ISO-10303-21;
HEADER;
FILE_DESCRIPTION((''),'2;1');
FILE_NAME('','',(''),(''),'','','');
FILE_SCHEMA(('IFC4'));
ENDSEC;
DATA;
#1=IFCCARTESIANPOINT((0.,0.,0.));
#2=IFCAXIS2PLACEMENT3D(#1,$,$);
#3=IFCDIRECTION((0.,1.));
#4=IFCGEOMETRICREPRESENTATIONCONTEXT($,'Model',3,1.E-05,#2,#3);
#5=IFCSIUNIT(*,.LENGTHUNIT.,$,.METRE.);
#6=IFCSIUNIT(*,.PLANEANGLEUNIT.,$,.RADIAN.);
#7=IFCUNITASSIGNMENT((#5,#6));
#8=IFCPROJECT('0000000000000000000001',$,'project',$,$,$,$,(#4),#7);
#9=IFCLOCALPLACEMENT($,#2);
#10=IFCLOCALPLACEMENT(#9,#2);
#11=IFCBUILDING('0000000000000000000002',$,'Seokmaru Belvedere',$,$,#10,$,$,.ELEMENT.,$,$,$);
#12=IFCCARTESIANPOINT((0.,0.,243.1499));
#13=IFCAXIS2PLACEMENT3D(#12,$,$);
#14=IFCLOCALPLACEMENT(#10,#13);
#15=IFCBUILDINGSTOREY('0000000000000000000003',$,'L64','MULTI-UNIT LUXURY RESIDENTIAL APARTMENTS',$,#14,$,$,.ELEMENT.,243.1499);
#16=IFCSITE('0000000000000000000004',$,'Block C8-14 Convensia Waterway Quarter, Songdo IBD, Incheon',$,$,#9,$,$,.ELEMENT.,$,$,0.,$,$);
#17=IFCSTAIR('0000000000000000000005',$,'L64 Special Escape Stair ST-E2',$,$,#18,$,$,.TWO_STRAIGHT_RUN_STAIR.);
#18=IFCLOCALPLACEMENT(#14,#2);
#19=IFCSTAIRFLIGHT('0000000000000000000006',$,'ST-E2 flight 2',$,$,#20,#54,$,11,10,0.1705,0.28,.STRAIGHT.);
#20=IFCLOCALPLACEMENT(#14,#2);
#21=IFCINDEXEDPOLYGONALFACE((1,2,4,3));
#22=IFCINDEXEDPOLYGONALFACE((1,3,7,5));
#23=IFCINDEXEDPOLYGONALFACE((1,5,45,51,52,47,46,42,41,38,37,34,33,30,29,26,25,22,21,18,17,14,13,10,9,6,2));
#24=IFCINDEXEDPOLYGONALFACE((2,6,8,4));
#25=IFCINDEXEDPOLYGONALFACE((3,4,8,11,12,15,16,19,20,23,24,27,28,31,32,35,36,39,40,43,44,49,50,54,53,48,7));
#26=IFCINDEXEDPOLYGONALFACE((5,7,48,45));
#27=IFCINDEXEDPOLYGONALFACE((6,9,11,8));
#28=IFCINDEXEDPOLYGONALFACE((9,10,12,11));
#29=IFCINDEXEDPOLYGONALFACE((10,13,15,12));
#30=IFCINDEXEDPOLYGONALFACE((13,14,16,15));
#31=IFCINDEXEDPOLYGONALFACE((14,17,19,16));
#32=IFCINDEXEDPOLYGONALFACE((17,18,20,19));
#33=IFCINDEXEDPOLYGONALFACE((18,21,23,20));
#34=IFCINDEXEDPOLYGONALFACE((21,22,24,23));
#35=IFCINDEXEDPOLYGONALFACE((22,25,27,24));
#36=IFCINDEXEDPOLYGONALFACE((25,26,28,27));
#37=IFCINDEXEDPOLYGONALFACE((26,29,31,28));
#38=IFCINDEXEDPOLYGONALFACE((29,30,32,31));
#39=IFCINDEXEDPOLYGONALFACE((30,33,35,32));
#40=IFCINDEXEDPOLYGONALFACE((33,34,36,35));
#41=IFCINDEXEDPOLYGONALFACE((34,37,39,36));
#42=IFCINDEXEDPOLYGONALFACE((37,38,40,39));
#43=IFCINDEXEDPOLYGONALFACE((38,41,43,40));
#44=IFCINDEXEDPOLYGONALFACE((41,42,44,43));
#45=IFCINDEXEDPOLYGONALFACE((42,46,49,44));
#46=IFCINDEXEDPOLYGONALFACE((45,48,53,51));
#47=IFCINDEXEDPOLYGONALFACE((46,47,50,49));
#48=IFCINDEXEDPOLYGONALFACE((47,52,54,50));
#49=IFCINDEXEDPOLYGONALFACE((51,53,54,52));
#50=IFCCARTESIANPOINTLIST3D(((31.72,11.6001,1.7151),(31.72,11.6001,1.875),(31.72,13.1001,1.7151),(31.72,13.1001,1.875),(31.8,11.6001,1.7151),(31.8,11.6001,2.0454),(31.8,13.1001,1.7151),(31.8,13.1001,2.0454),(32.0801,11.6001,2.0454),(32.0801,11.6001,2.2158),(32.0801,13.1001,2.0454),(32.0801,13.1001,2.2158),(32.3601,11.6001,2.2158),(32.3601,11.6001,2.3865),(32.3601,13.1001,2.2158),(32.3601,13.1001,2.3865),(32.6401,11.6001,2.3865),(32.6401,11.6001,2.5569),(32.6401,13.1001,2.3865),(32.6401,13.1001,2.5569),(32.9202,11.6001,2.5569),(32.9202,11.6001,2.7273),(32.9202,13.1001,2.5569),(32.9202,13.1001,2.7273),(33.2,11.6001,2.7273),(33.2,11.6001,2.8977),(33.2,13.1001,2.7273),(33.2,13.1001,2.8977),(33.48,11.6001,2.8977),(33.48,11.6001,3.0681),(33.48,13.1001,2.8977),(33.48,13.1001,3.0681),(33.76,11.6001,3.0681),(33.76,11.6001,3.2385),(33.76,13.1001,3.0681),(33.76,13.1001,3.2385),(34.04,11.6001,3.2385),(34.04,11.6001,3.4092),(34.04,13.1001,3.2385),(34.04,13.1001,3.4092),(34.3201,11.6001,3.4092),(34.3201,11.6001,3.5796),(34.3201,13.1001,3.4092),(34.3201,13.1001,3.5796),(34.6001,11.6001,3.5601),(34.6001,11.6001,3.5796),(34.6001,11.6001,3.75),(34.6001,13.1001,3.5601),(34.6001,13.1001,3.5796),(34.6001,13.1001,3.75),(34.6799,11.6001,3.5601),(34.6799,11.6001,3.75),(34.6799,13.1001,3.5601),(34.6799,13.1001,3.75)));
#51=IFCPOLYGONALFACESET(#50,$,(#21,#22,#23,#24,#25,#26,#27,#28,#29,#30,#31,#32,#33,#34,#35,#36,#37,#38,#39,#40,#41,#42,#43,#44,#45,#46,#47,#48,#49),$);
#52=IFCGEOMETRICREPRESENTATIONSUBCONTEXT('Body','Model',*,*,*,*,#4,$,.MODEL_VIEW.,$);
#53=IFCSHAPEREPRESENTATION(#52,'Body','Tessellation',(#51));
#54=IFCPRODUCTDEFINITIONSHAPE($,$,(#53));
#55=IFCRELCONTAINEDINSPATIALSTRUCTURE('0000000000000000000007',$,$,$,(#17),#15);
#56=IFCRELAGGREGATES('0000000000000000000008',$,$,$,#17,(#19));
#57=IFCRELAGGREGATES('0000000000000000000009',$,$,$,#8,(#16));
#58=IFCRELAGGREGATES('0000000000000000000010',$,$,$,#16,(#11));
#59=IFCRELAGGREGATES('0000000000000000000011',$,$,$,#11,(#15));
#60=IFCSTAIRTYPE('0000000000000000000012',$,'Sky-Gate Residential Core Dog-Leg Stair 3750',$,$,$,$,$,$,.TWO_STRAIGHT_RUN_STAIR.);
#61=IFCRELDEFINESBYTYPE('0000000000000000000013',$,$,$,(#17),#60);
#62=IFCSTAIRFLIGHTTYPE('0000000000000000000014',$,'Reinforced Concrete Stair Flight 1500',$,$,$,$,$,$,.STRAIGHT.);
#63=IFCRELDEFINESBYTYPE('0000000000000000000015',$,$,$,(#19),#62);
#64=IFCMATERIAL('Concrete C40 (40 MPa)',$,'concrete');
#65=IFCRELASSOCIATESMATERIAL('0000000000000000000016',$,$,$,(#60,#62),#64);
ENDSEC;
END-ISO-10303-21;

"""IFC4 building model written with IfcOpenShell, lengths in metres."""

from ifc_helpers import new_model, si_unit, direction, frame, origin, place, context, subcontext, project, spatial, polyline, outline, extrude, material, type_object, element, aggregate, save


model = new_model("IFC4")

# Units and contexts
model_context = context("Model", 3, precision=1e-05, world=origin(), true_north=direction((0.0, 1.0)))
body_context = subcontext(model_context, "Body", "Model", "MODEL_VIEW")
ifc_project = project(units=[si_unit("LENGTHUNIT", "METRE"), si_unit("PLANEANGLEUNIT", "RADIAN")], contexts=[model_context])

# Site, building, storey
site_placement = place(None, origin())
site = spatial("IfcSite", under=ifc_project, at=site_placement, Name="Block C8-14 Convensia Waterway Quarter, Songdo IBD, Incheon", CompositionType="ELEMENT", RefElevation=0.0)
building_placement = place(site_placement, origin())
building = spatial("IfcBuilding", under=site, at=building_placement, Name="Seokmaru Belvedere", CompositionType="ELEMENT")
storey_placement = place(building_placement, frame((0.0, 0.0, 243.1499)))
storey = spatial("IfcBuildingStorey", under=building, at=storey_placement, Name="L64", Description="MULTI-UNIT LUXURY RESIDENTIAL APARTMENTS", CompositionType="ELEMENT", Elevation=243.1499)

# Stair, stair flight
ifc_material_1 = material(Name="Concrete C40 (40 MPa)", Category="concrete")
stair_type = type_object("IfcStairType", Name="Sky-Gate Residential Core Dog-Leg Stair 3750", PredefinedType="TWO_STRAIGHT_RUN_STAIR", material=ifc_material_1)
stair_placement = place(storey_placement, origin())
stair = element("IfcStair", 1, at=stair_placement, inside=storey, type_object=stair_type, Name="L64 Special Escape Stair ST-E2", PredefinedType="TWO_STRAIGHT_RUN_STAIR")
stair_flight_type = type_object("IfcStairFlightType", Name="Reinforced Concrete Stair Flight 1500", PredefinedType="STRAIGHT", material=ifc_material_1)
stair_flight_placement = place(storey_placement, frame((31.8, 12.3501, 1.875), z_axis=(0.0, 0.0, 1.0), x_axis=(1.0, 0.0, 0.0)))
stair_flight = element("IfcStairFlight", 2, at=stair_flight_placement, type_object=stair_flight_type, Name="ST-E2 flight 2", NumberOfRisers=11, NumberOfTreads=10, PredefinedType="STRAIGHT", RiserHeight=0.1705, TreadLength=0.28, context=body_context, shape_type="SweptSolid", body=[
    extrude(outline(polyline([(-0.0801, 0.0), (0.0, 0.1704), (0.28, 0.1704), (0.28, 0.3408), (0.5601, 0.3408), (0.5601, 0.5115), (0.8401, 0.5115), (0.8401, 0.6819), (1.1201, 0.6819), (1.1201, 0.8523), (1.3999, 0.8523), (1.3999, 1.0227), (1.6799, 1.0227), (1.6799, 1.1931), (1.96, 1.1931), (1.96, 1.3635), (2.24, 1.3635), (2.24, 1.5342), (2.52, 1.5342), (2.52, 1.7046), (2.8, 1.7046), (2.8, 1.875), (2.8799, 1.875), (2.8799, 1.6851), (2.8, 1.6851), (0.0, -0.1599), (-0.0801, -0.1599), (-0.0801, 0.0)])), frame((0.0, 0.75, 0.0), z_axis=(0.0, -1.0, 0.0), x_axis=(1.0, 0.0, 0.0)), (0.0, 0.0, 1.0), 1.5),
])
aggregate(stair, [stair_flight])

save(model, "model.ifc")
